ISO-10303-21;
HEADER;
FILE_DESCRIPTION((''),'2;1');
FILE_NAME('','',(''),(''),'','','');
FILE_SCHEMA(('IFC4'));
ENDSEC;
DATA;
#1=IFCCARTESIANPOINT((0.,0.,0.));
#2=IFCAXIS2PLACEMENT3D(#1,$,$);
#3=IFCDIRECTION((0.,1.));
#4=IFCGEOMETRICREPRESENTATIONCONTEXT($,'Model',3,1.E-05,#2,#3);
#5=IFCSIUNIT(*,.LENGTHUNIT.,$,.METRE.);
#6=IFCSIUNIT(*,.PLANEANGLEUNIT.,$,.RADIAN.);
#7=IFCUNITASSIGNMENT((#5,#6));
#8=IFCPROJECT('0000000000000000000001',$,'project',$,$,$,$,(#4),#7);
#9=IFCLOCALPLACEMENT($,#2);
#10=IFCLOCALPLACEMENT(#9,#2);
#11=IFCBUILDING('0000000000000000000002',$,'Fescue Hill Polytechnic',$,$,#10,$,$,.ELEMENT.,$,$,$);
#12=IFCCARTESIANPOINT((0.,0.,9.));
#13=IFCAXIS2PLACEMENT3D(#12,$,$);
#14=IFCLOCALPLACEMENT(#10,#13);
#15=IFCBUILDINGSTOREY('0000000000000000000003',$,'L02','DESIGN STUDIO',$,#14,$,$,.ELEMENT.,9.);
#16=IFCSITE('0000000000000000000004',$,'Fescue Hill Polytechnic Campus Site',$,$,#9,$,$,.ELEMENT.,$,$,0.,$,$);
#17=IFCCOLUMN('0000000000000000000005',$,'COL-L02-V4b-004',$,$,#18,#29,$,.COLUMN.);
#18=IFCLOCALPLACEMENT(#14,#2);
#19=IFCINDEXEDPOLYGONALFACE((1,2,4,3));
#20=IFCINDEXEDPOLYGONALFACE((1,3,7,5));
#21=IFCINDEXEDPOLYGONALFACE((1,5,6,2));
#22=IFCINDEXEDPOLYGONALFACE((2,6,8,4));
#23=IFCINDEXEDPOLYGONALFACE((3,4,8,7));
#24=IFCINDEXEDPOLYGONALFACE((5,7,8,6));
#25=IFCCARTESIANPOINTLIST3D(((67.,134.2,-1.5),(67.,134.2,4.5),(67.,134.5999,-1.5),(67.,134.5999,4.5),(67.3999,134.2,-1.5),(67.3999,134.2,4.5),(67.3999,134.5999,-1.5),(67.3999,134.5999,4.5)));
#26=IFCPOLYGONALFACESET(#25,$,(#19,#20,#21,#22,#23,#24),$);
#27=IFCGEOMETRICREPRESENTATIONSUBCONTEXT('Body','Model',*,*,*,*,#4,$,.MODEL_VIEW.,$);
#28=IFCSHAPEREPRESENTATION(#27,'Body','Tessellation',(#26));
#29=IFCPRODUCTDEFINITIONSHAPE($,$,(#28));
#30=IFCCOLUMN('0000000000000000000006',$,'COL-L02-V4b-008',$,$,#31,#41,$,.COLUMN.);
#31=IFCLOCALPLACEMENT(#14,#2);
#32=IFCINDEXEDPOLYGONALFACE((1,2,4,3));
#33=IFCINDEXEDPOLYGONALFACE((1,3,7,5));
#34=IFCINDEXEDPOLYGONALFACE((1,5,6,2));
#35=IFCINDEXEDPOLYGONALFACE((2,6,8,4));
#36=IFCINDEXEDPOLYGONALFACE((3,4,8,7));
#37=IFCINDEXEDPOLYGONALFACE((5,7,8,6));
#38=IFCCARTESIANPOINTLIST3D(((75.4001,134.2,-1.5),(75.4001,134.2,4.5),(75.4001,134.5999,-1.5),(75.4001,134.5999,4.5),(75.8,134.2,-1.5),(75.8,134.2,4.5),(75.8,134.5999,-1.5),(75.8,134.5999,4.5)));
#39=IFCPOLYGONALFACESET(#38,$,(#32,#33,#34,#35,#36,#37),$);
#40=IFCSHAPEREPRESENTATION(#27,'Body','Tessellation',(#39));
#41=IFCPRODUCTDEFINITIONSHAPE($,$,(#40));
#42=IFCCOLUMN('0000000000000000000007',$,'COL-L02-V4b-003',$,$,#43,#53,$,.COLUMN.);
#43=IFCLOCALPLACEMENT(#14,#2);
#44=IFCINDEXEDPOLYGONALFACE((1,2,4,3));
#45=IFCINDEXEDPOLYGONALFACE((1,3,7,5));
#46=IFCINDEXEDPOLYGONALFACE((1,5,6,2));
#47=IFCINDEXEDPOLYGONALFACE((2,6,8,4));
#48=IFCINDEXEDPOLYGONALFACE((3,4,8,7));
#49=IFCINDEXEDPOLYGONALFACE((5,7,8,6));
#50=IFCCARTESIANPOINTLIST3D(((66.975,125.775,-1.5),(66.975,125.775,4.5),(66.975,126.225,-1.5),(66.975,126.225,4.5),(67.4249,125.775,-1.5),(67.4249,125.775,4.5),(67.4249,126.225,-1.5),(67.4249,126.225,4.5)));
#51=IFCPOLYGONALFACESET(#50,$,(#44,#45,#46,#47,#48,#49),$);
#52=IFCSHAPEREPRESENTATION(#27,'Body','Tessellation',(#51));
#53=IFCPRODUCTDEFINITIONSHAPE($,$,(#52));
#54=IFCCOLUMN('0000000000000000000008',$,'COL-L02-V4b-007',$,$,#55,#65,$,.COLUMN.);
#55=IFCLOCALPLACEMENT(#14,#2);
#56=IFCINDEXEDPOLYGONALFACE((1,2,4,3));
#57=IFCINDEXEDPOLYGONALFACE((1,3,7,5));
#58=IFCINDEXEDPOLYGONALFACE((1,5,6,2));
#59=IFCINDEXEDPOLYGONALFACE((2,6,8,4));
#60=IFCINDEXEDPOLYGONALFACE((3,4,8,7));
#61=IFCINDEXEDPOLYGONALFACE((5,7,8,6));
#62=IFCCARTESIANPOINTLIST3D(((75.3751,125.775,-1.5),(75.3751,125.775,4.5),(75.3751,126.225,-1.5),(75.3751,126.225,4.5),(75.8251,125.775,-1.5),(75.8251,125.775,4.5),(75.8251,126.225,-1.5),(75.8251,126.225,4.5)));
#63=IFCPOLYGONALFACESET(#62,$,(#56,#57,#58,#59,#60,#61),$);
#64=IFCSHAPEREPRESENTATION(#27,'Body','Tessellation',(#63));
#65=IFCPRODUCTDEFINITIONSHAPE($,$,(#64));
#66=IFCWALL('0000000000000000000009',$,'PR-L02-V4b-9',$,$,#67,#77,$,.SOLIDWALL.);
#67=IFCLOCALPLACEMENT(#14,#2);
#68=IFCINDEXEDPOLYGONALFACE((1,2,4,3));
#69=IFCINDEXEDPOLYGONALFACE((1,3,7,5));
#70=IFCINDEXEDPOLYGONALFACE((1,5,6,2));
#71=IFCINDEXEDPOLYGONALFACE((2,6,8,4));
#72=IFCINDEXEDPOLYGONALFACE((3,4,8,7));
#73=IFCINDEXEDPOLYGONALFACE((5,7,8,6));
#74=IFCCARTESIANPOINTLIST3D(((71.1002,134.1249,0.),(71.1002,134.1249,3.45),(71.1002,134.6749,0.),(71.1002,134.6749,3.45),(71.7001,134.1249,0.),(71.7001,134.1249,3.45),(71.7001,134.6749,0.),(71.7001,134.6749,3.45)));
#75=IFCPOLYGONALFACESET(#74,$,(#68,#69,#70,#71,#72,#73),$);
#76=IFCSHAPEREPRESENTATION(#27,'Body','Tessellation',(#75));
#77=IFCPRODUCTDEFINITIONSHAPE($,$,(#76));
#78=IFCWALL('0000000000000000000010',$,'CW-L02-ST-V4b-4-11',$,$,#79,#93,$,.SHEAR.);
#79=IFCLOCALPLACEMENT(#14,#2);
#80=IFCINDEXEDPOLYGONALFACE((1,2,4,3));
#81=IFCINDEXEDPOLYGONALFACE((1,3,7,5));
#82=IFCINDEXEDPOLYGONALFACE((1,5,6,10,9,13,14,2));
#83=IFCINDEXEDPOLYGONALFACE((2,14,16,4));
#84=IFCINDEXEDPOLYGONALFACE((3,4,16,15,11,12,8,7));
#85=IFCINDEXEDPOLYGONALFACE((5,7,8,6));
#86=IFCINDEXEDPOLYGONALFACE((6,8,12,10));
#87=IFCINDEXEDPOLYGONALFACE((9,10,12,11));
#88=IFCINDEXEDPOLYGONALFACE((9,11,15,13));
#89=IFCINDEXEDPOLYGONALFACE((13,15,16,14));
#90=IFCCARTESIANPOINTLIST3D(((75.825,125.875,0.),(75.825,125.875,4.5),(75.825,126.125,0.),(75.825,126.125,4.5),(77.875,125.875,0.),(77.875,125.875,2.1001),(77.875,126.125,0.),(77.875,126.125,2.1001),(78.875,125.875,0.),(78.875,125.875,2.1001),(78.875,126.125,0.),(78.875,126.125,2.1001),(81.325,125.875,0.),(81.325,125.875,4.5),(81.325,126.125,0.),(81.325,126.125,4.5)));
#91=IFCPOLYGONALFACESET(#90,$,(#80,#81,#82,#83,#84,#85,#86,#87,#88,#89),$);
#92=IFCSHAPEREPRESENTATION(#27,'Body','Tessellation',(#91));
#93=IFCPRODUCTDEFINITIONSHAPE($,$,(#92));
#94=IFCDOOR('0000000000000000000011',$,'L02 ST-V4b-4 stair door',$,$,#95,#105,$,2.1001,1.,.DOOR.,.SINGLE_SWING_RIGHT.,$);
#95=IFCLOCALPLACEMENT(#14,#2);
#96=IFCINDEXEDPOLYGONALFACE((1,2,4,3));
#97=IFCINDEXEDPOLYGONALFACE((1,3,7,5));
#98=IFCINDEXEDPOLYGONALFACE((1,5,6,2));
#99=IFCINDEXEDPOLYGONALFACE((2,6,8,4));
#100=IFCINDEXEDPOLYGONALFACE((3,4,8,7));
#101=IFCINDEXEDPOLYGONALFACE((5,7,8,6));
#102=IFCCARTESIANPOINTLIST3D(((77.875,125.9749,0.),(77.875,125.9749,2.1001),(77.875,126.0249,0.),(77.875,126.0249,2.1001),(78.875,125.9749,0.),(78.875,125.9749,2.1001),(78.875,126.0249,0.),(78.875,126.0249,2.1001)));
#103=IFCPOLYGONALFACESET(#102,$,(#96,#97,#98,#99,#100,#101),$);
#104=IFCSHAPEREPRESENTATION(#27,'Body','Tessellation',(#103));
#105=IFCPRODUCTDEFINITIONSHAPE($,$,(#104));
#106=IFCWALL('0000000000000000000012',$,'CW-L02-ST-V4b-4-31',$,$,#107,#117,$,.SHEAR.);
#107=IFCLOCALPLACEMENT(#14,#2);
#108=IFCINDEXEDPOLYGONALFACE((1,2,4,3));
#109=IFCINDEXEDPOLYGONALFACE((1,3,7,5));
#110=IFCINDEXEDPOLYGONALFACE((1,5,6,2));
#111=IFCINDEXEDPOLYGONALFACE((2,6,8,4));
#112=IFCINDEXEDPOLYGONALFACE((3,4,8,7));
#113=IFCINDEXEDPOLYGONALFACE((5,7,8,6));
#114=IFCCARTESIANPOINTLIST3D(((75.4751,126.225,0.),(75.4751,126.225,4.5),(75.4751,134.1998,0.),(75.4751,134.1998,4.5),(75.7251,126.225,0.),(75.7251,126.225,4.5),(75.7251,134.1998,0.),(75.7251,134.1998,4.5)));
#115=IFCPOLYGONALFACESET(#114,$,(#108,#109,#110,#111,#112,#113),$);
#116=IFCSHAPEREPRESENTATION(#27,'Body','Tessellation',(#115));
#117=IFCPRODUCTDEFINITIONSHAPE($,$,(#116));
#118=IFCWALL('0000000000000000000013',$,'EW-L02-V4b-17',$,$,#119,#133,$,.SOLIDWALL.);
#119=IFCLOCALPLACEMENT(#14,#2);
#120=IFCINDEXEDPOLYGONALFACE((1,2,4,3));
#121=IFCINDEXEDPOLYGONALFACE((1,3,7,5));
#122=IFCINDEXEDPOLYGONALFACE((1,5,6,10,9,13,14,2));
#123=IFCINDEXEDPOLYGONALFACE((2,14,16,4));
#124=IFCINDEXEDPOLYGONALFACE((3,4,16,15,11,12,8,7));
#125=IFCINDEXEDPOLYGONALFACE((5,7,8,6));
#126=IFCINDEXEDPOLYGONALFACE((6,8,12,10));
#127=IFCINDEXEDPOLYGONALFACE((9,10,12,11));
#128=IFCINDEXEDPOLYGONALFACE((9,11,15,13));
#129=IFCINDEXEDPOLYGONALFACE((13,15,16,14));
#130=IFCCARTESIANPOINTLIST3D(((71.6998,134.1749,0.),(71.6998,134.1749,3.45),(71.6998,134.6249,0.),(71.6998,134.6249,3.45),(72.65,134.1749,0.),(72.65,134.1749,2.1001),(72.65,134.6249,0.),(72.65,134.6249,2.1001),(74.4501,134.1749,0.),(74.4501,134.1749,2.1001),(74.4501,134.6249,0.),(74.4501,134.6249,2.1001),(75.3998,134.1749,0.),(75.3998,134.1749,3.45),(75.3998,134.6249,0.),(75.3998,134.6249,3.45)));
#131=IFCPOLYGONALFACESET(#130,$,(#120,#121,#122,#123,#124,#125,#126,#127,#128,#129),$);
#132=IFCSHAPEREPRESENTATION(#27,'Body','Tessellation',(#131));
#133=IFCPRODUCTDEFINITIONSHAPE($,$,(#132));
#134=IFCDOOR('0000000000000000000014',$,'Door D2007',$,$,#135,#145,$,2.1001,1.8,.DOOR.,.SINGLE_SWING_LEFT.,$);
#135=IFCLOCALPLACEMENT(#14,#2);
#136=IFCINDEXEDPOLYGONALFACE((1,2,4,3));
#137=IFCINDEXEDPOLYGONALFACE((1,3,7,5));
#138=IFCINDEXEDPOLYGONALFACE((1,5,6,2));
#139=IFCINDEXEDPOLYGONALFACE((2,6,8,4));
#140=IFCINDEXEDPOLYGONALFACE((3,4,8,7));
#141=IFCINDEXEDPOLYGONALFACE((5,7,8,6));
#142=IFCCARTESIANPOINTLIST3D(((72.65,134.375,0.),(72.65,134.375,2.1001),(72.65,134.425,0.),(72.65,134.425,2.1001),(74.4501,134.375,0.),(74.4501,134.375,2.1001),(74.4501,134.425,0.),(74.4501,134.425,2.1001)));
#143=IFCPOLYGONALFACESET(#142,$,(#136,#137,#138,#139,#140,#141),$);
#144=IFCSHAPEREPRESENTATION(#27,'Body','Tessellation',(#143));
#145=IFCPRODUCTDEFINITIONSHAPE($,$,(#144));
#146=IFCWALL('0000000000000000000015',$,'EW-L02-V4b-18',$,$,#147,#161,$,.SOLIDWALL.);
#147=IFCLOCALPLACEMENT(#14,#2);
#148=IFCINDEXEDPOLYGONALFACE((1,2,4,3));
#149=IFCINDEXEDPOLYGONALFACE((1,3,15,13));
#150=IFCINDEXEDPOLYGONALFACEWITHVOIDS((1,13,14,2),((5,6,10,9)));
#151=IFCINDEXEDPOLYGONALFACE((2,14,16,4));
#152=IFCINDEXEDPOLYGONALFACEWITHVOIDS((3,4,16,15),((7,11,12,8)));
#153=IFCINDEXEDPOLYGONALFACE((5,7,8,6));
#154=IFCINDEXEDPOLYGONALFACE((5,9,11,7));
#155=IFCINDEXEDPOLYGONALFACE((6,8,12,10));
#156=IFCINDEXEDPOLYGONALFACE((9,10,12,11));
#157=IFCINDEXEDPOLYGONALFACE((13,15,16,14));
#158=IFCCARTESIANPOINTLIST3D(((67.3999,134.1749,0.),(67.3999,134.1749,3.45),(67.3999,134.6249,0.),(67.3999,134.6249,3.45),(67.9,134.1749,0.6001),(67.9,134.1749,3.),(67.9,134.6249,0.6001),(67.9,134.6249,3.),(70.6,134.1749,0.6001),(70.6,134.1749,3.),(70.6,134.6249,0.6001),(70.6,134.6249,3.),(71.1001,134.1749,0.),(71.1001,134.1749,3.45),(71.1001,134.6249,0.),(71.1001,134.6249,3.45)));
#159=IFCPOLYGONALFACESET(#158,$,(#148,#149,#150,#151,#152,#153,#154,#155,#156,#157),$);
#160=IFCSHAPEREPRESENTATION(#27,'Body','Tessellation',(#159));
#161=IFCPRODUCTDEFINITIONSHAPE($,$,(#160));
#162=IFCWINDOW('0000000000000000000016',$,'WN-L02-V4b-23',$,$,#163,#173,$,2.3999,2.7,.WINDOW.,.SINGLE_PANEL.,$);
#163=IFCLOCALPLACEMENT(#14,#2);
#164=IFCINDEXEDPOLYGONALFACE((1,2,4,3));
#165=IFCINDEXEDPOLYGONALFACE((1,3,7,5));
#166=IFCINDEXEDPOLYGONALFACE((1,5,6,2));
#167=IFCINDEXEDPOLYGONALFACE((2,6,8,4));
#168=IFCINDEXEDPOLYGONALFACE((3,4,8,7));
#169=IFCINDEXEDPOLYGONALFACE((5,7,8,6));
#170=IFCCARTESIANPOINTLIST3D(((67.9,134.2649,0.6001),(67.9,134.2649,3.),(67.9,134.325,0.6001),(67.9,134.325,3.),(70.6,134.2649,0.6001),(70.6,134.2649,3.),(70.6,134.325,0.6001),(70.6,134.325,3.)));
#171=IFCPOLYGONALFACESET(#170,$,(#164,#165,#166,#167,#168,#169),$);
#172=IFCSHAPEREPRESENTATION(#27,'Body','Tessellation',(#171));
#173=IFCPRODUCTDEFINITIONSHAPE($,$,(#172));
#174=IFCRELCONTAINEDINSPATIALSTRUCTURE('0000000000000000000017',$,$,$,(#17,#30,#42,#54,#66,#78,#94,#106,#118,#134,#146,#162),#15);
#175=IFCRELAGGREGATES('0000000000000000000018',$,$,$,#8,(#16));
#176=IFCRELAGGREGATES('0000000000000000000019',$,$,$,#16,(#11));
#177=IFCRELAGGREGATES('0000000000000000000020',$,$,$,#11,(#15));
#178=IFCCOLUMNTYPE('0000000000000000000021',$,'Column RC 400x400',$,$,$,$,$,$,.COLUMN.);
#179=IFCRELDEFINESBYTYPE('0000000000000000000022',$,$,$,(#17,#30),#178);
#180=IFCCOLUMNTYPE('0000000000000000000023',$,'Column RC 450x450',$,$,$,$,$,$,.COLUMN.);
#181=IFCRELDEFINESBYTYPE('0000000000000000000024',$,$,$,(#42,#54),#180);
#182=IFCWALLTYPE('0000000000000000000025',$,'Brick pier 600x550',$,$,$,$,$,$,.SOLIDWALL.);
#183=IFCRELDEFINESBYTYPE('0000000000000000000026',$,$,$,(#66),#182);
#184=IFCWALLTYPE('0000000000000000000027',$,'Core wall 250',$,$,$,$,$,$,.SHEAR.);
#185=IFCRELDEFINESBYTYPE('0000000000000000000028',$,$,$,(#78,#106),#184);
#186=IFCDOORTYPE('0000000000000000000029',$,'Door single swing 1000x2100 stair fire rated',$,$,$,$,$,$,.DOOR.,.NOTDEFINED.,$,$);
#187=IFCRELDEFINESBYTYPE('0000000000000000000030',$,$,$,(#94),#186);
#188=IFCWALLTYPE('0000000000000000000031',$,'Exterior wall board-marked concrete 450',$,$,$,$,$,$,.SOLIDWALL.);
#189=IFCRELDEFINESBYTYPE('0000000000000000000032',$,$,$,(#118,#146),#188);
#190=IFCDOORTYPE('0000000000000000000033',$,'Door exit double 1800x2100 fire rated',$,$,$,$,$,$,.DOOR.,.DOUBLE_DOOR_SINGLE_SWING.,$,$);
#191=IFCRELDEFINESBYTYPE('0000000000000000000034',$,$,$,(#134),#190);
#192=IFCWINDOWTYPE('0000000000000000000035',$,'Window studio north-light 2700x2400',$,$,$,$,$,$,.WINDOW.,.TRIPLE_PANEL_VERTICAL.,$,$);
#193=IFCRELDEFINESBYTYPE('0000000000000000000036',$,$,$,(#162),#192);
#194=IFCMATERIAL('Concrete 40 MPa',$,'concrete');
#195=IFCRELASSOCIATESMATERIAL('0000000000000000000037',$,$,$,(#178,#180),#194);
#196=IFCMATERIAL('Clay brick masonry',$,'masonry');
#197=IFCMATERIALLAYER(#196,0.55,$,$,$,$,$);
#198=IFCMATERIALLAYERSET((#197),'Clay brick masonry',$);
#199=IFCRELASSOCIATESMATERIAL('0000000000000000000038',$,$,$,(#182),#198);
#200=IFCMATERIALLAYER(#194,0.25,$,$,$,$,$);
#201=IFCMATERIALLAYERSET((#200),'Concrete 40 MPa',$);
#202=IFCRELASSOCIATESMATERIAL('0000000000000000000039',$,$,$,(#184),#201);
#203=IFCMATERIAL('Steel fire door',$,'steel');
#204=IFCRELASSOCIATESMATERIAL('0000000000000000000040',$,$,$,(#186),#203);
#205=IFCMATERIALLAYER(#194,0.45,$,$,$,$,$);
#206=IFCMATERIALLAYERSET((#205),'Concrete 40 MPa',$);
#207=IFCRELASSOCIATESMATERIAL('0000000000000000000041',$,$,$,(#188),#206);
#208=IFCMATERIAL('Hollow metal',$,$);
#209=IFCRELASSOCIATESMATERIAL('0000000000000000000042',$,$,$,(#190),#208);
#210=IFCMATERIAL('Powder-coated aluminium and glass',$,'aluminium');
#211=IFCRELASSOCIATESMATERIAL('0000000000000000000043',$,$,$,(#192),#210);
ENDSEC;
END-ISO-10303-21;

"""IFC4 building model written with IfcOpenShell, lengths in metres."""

from ifc_helpers import new_model, si_unit, direction, frame, frame_2d, origin, origin_2d, place, context, subcontext, project, spatial, rectangle, extrude, material, layer, layer_set, material_profile, profile_set, type_object, element, fill, save


model = new_model("IFC4")

# Units and contexts
model_context = context("Model", 3, precision=1e-05, world=origin(), true_north=direction((0.0, 1.0)))
body_context = subcontext(model_context, "Body", "Model", "MODEL_VIEW")
ifc_project = project(units=[si_unit("LENGTHUNIT", "METRE"), si_unit("PLANEANGLEUNIT", "RADIAN")], contexts=[model_context])

# Site, building, storey
site_placement = place(None, origin())
site = spatial("IfcSite", under=ifc_project, at=site_placement, Name="Fescue Hill Polytechnic Campus Site", CompositionType="ELEMENT", RefElevation=0.0)
building_placement = place(site_placement, origin())
building = spatial("IfcBuilding", under=site, at=building_placement, Name="Fescue Hill Polytechnic", CompositionType="ELEMENT")
storey_placement = place(building_placement, frame((0.0, 0.0, 9.0)))
storey = spatial("IfcBuildingStorey", under=building, at=storey_placement, Name="L02", Description="DESIGN STUDIO", CompositionType="ELEMENT", Elevation=9.0)

# Columns
ifc_material_1 = material(Name="Concrete 40 MPa", Category="concrete")
ifc_material_profile_1 = material_profile(ifc_material_1, rectangle(XDim=0.3999, YDim=0.3999, at=origin_2d()), Name="RC 400x400")
ifc_profile_set_1 = profile_set([ifc_material_profile_1], Name="Concrete 40 MPa")
column_type_1 = type_object("IfcColumnType", Name="Column RC 400x400", PredefinedType="COLUMN", material=ifc_profile_set_1)
for number, where, z_axis, x_axis, name in (
    (1, (67.2, 134.3999, -1.5), (0.0, 0.0, 1.0), (1.0, 0.0, 0.0), "COL-L02-V4b-004"),
    (2, (75.6001, 134.3999, -1.5), (0.0, 0.0, 1.0), (1.0, 0.0, 0.0), "COL-L02-V4b-008"),
):
    element("IfcColumn", number, at=place(storey_placement, frame(where, z_axis=z_axis, x_axis=x_axis)), inside=storey, type_object=column_type_1, Name=name, PredefinedType="COLUMN", context=body_context, shape_type="SweptSolid", body=[
        extrude(rectangle(XDim=0.3999, YDim=0.3999, at=origin_2d()), origin(), (0.0, 0.0, 1.0), 6.0),
    ])
ifc_material_profile_2 = material_profile(ifc_material_1, rectangle(XDim=0.45, YDim=0.45, at=origin_2d()), Name="RC 450x450")
ifc_profile_set_2 = profile_set([ifc_material_profile_2], Name="Concrete 40 MPa")
column_type_2 = type_object("IfcColumnType", Name="Column RC 450x450", PredefinedType="COLUMN", material=ifc_profile_set_2)
for number, where, z_axis, x_axis, name in (
    (3, (67.2, 126.0, -1.5), (0.0, 0.0, 1.0), (1.0, 0.0, 0.0), "COL-L02-V4b-003"),
    (4, (75.6001, 126.0, -1.5), (0.0, 0.0, 1.0), (1.0, 0.0, 0.0), "COL-L02-V4b-007"),
):
    element("IfcColumn", number, at=place(storey_placement, frame(where, z_axis=z_axis, x_axis=x_axis)), inside=storey, type_object=column_type_2, Name=name, PredefinedType="COLUMN", context=body_context, shape_type="SweptSolid", body=[
        extrude(rectangle(XDim=0.45, YDim=0.45, at=origin_2d()), origin(), (0.0, 0.0, 1.0), 6.0),
    ])

# Wall
ifc_material_2 = material(Name="Clay brick masonry", Category="masonry")
ifc_layer_1 = layer(ifc_material_2, 0.55)
ifc_layer_set_1 = layer_set([ifc_layer_1], Name="Clay brick masonry")
wall_type_1 = type_object("IfcWallType", Name="Brick pier 600x550", PredefinedType="SOLIDWALL", material=ifc_layer_set_1)
wall_1_placement = place(storey_placement, frame((71.7, 134.3999, 0.0), z_axis=(0.0, 0.0, 1.0), x_axis=(-1.0, 0.0, 0.0)))
element("IfcWall", 5, at=wall_1_placement, inside=storey, type_object=wall_type_1, Name="PR-L02-V4b-9", PredefinedType="SOLIDWALL", context=body_context, shape_type="SweptSolid", body=[
    extrude(rectangle(XDim=0.5999, YDim=0.55, at=frame_2d((0.2998, 0.0))), origin(), (0.0, 0.0, 1.0), 3.45),
])

# Wall, opening, door
ifc_layer_2 = layer(ifc_material_1, 0.25)
ifc_layer_set_2 = layer_set([ifc_layer_2], Name="Concrete 40 MPa")
wall_type_2 = type_object("IfcWallType", Name="Core wall 250", PredefinedType="SHEAR", material=ifc_layer_set_2)
wall_2_placement = place(storey_placement, frame((75.825, 126.0, 0.0), z_axis=(0.0, 0.0, 1.0), x_axis=(1.0, 0.0, 0.0)))
wall_2 = element("IfcWall", 6, at=wall_2_placement, inside=storey, type_object=wall_type_2, Name="CW-L02-ST-V4b-4-11", PredefinedType="SHEAR", context=body_context, shape_type="SweptSolid", body=[
    extrude(rectangle(XDim=5.5, YDim=0.25, at=frame_2d((2.75, 0.0))), origin(), (0.0, 0.0, 1.0), 4.5),
])
opening_1_placement = place(wall_2_placement, frame((2.05, 0.0, 0.0)))
opening_1 = element("IfcOpeningElement", 7, at=opening_1_placement, cuts=wall_2, PredefinedType="OPENING", context=body_context, shape_type="SweptSolid", body=[
    extrude(rectangle(XDim=1.0, YDim=2.1001, at=frame_2d((0.5, 1.05))), frame((0.0, 0.135, 0.0), z_axis=(0.0, -1.0, 0.0), x_axis=(1.0, 0.0, 0.0)), (0.0, 0.0, 1.0), 0.27),
])
ifc_material_3 = material(Name="Steel fire door", Category="steel")
door_type_1 = type_object("IfcDoorType", Name="Door single swing 1000x2100 stair fire rated", OperationType="NOTDEFINED", PredefinedType="DOOR", material=ifc_material_3)
door_1_placement = place(opening_1_placement, origin())
door_1 = element("IfcDoor", 8, at=door_1_placement, inside=storey, type_object=door_type_1, Name="L02 ST-V4b-4 stair door", OperationType="SINGLE_SWING_RIGHT", OverallHeight=2.1001, OverallWidth=1.0, PredefinedType="DOOR", context=body_context, shape_type="SweptSolid", body=[
    extrude(rectangle(XDim=1.0, YDim=2.1001, at=frame_2d((0.5, 1.05))), frame((0.0, 0.0249, 0.0), z_axis=(0.0, -1.0, 0.0), x_axis=(1.0, 0.0, 0.0)), (0.0, 0.0, 1.0), 0.05),
])
fill(opening_1, door_1)

# Wall
wall_3_placement = place(storey_placement, frame((75.6001, 126.2251, 0.0), z_axis=(0.0, 0.0, 1.0), x_axis=(0.0, 1.0, 0.0)))
element("IfcWall", 9, at=wall_3_placement, inside=storey, type_object=wall_type_2, Name="CW-L02-ST-V4b-4-31", PredefinedType="SHEAR", context=body_context, shape_type="SweptSolid", body=[
    extrude(rectangle(XDim=7.9749, YDim=0.25, at=frame_2d((3.9873, 0.0))), origin(), (0.0, 0.0, 1.0), 4.5),
])

# Wall, opening, door
ifc_layer_3 = layer(ifc_material_1, 0.45)
ifc_layer_set_3 = layer_set([ifc_layer_3], Name="Concrete 40 MPa")
wall_type_3 = type_object("IfcWallType", Name="Exterior wall board-marked concrete 450", PredefinedType="SOLIDWALL", material=ifc_layer_set_3)
wall_4_placement = place(storey_placement, frame((75.3999, 134.3999, 0.0), z_axis=(0.0, 0.0, 1.0), x_axis=(-1.0, 0.0, 0.0)))
wall_4 = element("IfcWall", 10, at=wall_4_placement, inside=storey, type_object=wall_type_3, Name="EW-L02-V4b-17", PredefinedType="SOLIDWALL", context=body_context, shape_type="SweptSolid", body=[
    extrude(rectangle(XDim=3.7, YDim=0.45, at=frame_2d((1.8501, 0.0))), origin(), (0.0, 0.0, 1.0), 3.45),
])
opening_2_placement = place(wall_4_placement, frame((0.95, 0.0, 0.0)))
opening_2 = element("IfcOpeningElement", 11, at=opening_2_placement, cuts=wall_4, PredefinedType="OPENING", context=body_context, shape_type="SweptSolid", body=[
    extrude(rectangle(XDim=1.8, YDim=2.1001, at=frame_2d((0.8999, 1.05))), frame((0.0, 0.2349, 0.0), z_axis=(0.0, -1.0, 0.0), x_axis=(1.0, 0.0, 0.0)), (0.0, 0.0, 1.0), 0.47),
])
ifc_material_4 = material(Name="Hollow metal")
door_type_2 = type_object("IfcDoorType", Name="Door exit double 1800x2100 fire rated", OperationType="DOUBLE_DOOR_SINGLE_SWING", PredefinedType="DOOR", material=ifc_material_4)
door_2_placement = place(opening_2_placement, origin())
door_2 = element("IfcDoor", 12, at=door_2_placement, inside=storey, type_object=door_type_2, Name="Door D2007", OperationType="SINGLE_SWING_LEFT", OverallHeight=2.1001, OverallWidth=1.8, PredefinedType="DOOR", context=body_context, shape_type="SweptSolid", body=[
    extrude(rectangle(XDim=1.8, YDim=2.1001, at=frame_2d((0.8999, 1.05))), frame((0.0, 0.0249, 0.0), z_axis=(0.0, -1.0, 0.0), x_axis=(1.0, 0.0, 0.0)), (0.0, 0.0, 1.0), 0.05),
])
fill(opening_2, door_2)

# Wall, opening, window
wall_5_placement = place(storey_placement, frame((71.1001, 134.3999, 0.0), z_axis=(0.0, 0.0, 1.0), x_axis=(-1.0, 0.0, 0.0)))
wall_5 = element("IfcWall", 13, at=wall_5_placement, inside=storey, type_object=wall_type_3, Name="EW-L02-V4b-18", PredefinedType="SOLIDWALL", context=body_context, shape_type="SweptSolid", body=[
    extrude(rectangle(XDim=3.7002, YDim=0.45, at=frame_2d((1.8501, 0.0))), origin(), (0.0, 0.0, 1.0), 3.45),
])
opening_3_placement = place(wall_5_placement, frame((0.5, 0.0, 0.6001)))
opening_3 = element("IfcOpeningElement", 14, at=opening_3_placement, cuts=wall_5, PredefinedType="OPENING", context=body_context, shape_type="SweptSolid", body=[
    extrude(rectangle(XDim=2.7, YDim=2.3999, at=frame_2d((1.3501, 1.2))), frame((0.0, 0.2349, 0.0), z_axis=(0.0, -1.0, 0.0), x_axis=(1.0, 0.0, 0.0)), (0.0, 0.0, 1.0), 0.47),
])
ifc_material_5 = material(Name="Powder-coated aluminium and glass", Category="aluminium")
window_type = type_object("IfcWindowType", Name="Window studio north-light 2700x2400", PartitioningType="TRIPLE_PANEL_VERTICAL", PredefinedType="WINDOW", material=ifc_material_5)
window_1_placement = place(opening_3_placement, origin())
window_1 = element("IfcWindow", 15, at=window_1_placement, inside=storey, type_object=window_type, Name="WN-L02-V4b-23", OverallHeight=2.3999, OverallWidth=2.7, PartitioningType="SINGLE_PANEL", PredefinedType="WINDOW", context=body_context, shape_type="SweptSolid", body=[
    extrude(rectangle(XDim=2.7, YDim=2.3999, at=frame_2d((1.3501, 1.2))), frame((0.0, 0.135, 0.0), z_axis=(0.0, -1.0, 0.0), x_axis=(1.0, 0.0, 0.0)), (0.0, 0.0, 1.0), 0.0601),
])
fill(opening_3, window_1)

save(model, "model.ifc")
